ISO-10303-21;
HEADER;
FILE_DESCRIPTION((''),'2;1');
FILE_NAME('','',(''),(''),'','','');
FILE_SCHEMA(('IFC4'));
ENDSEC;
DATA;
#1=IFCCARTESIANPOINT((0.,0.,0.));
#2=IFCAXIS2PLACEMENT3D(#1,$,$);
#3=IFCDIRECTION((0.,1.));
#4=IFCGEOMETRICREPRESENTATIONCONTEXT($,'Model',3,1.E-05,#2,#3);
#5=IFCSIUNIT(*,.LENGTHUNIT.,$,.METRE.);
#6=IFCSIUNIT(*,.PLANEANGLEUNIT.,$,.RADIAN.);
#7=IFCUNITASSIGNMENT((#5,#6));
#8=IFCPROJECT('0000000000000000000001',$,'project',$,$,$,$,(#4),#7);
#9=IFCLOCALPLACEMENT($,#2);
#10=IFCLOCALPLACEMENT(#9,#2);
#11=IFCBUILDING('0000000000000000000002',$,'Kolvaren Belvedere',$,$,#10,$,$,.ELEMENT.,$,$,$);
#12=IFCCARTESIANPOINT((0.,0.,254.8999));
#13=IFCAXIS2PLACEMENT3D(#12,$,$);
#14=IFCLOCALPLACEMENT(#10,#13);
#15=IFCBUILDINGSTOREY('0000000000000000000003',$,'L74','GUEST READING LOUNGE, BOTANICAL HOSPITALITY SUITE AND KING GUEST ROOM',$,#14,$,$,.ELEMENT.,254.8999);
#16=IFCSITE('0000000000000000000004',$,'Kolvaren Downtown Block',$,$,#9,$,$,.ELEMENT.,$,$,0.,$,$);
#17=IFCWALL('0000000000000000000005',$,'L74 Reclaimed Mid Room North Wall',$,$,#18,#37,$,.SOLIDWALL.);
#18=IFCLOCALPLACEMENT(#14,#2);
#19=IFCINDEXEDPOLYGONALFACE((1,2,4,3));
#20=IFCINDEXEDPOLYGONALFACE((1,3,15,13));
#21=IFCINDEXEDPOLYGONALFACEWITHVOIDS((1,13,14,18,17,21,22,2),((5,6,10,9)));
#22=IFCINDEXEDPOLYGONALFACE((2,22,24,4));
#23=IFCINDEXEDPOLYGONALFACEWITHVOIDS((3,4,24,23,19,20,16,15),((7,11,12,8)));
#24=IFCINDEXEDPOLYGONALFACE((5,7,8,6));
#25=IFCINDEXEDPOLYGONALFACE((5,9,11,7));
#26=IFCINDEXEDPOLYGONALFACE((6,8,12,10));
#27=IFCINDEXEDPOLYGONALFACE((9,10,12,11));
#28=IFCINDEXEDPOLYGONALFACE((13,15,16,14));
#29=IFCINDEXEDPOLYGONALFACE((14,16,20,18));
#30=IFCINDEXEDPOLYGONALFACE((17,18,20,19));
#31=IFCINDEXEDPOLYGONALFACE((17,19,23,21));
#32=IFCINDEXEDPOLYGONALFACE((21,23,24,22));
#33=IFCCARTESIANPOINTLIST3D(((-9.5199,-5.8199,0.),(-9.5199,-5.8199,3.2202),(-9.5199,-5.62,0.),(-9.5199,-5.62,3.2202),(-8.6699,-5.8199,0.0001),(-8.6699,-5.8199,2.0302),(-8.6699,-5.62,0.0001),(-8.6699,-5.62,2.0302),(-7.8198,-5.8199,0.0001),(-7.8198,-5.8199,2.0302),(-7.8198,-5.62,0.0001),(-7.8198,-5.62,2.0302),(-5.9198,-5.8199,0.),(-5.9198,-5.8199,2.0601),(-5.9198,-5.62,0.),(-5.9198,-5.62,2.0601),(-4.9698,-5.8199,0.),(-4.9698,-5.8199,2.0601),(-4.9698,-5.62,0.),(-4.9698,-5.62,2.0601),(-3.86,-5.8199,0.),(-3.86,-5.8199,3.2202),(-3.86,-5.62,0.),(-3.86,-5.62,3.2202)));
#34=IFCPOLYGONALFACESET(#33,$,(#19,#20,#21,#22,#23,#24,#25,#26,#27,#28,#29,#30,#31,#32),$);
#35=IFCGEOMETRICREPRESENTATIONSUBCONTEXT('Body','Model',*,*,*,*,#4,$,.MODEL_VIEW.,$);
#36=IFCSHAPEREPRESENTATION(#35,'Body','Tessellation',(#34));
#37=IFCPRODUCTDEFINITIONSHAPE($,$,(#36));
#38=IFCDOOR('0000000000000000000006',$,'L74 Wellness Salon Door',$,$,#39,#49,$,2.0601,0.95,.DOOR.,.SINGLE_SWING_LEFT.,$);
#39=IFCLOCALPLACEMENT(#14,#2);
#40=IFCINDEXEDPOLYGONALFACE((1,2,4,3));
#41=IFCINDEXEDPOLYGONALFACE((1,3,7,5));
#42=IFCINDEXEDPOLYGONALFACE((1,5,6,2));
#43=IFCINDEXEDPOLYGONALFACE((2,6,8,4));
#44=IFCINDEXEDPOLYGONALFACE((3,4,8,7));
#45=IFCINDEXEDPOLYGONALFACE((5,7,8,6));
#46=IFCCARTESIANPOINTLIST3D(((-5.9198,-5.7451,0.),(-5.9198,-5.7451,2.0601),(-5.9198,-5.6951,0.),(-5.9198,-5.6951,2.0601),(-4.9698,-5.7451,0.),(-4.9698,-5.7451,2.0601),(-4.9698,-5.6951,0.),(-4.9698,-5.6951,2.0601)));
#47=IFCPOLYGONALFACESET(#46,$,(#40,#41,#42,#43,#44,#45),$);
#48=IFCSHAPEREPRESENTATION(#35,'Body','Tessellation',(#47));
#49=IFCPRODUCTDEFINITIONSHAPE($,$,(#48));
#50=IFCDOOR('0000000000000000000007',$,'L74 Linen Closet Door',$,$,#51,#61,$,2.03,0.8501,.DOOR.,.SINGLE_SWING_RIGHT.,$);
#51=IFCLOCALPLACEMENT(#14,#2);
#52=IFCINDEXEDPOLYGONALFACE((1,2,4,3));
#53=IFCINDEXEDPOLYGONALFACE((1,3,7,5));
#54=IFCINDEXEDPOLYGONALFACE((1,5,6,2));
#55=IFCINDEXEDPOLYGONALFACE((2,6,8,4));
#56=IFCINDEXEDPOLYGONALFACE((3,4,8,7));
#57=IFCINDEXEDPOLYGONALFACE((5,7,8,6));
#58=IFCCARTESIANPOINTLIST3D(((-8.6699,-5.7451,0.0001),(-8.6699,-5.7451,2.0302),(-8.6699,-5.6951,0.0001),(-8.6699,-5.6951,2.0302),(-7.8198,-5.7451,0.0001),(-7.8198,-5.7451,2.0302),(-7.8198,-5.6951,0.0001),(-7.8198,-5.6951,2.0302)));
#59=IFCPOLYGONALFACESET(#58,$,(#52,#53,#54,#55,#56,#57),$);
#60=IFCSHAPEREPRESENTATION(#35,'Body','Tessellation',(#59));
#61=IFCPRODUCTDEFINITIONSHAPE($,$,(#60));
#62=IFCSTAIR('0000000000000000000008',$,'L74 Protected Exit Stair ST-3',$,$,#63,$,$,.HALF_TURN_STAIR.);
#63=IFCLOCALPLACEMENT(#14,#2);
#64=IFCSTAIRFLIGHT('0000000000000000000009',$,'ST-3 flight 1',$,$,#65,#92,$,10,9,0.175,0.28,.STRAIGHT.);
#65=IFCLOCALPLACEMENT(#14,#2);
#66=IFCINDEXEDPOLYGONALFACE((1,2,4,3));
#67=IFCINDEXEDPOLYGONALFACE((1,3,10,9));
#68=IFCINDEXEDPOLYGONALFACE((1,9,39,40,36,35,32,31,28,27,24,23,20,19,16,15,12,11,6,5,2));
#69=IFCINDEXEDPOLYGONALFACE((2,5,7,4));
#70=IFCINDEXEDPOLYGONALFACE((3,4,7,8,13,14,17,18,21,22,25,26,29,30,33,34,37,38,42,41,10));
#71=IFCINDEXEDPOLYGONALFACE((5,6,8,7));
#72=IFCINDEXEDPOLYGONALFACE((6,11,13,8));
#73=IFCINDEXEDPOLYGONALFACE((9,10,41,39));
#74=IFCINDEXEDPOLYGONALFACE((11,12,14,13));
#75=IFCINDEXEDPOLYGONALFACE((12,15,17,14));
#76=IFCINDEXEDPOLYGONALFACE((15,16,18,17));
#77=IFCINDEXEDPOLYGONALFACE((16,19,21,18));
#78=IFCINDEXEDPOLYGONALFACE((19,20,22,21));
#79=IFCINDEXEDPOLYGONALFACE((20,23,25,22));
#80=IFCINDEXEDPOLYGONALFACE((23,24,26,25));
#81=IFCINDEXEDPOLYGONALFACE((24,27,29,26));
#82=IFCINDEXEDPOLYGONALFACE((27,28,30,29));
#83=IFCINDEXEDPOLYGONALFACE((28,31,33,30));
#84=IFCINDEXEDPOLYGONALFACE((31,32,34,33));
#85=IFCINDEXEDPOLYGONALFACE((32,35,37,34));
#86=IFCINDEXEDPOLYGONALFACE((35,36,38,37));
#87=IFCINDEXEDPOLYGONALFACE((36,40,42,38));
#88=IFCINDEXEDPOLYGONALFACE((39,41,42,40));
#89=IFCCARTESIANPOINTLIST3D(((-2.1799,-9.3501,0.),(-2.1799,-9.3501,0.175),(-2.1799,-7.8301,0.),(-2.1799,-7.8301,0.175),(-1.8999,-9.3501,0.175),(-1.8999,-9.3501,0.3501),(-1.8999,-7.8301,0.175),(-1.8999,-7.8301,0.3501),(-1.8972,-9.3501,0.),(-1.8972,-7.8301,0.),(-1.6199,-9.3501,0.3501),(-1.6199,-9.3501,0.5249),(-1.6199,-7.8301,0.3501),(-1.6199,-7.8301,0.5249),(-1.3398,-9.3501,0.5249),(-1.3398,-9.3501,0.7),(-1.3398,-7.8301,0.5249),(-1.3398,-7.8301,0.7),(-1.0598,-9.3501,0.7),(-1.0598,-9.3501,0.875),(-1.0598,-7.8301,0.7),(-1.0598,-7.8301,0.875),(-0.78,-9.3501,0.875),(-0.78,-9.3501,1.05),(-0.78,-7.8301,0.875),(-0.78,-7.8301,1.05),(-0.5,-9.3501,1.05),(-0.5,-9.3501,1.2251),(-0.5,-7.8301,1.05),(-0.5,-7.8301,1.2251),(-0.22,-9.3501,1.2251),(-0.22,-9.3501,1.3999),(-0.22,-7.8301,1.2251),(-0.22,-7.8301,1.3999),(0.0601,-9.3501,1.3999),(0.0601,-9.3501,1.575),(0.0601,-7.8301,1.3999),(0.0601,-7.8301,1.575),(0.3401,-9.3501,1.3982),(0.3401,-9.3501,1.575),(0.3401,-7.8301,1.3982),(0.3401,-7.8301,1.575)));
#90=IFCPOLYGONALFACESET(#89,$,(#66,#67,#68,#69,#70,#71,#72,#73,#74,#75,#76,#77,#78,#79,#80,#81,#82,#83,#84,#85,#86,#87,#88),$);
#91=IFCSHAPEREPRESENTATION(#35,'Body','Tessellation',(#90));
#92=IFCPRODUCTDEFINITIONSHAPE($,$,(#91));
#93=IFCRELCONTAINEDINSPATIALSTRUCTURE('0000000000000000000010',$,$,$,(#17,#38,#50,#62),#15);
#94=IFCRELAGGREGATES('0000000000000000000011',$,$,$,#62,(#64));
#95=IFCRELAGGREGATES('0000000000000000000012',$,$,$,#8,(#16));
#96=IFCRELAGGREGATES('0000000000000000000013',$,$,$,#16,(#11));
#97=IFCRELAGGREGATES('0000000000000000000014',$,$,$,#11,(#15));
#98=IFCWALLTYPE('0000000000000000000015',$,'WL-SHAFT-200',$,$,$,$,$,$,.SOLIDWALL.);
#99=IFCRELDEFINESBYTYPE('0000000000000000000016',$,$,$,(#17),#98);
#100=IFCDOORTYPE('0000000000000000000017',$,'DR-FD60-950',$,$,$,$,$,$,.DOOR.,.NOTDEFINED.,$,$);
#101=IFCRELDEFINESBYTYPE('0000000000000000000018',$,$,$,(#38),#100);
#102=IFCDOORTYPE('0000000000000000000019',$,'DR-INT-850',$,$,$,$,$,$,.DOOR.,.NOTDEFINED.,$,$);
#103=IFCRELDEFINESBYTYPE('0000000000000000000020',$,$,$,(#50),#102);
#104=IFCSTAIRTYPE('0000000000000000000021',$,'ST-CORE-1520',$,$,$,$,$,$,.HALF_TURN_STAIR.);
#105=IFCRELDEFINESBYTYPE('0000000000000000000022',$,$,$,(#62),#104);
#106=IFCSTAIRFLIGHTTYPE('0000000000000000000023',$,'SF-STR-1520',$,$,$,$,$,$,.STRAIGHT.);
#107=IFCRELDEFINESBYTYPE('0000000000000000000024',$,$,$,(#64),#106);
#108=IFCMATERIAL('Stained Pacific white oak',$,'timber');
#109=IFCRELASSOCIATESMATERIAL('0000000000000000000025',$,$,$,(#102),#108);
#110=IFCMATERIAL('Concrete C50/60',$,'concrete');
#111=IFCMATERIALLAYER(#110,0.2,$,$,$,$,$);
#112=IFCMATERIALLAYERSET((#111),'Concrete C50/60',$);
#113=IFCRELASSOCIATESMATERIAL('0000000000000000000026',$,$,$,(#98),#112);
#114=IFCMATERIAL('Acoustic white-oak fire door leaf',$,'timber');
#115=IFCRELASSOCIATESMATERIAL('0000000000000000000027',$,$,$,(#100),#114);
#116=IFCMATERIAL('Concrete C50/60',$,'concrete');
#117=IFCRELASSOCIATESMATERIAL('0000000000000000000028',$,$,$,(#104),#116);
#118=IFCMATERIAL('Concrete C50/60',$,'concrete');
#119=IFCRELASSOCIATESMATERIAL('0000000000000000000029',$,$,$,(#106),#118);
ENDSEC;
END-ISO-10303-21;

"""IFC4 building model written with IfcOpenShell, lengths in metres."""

from ifc_helpers import new_model, si_unit, direction, frame, frame_2d, origin, place, context, subcontext, project, spatial, polyline, rectangle, outline, extrude, material, layer, layer_set, type_object, element, fill, aggregate, save


model = new_model("IFC4")

# Units and contexts
model_context = context("Model", 3, precision=1e-05, world=origin(), true_north=direction((0.0, 1.0)))
body_context = subcontext(model_context, "Body", "Model", "MODEL_VIEW")
ifc_project = project(units=[si_unit("LENGTHUNIT", "METRE"), si_unit("PLANEANGLEUNIT", "RADIAN")], contexts=[model_context])

# Site, building, storey
site_placement = place(None, origin())
site = spatial("IfcSite", under=ifc_project, at=site_placement, Name="Kolvaren Downtown Block", CompositionType="ELEMENT", RefElevation=0.0)
building_placement = place(site_placement, origin())
building = spatial("IfcBuilding", under=site, at=building_placement, Name="Kolvaren Belvedere", CompositionType="ELEMENT")
storey_placement = place(building_placement, frame((0.0, 0.0, 254.8999)))
storey = spatial("IfcBuildingStorey", under=building, at=storey_placement, Name="L74", Description="GUEST READING LOUNGE, BOTANICAL HOSPITALITY SUITE AND KING GUEST ROOM", CompositionType="ELEMENT", Elevation=254.8999)

# Shared definitions
ifc_material_1 = material(Name="Stained Pacific white oak", Category="timber")
door_type_1 = type_object("IfcDoorType", Name="DR-INT-850", OperationType="NOTDEFINED", PredefinedType="DOOR", material=ifc_material_1)

# Shared definitions
ifc_material_2 = material(Name="Concrete C50/60", Category="concrete")
ifc_layer_1 = layer(ifc_material_2, 0.2)
ifc_layer_set_1 = layer_set([ifc_layer_1], Name="Concrete C50/60")
wall_type_1 = type_object("IfcWallType", Name="WL-SHAFT-200", PredefinedType="SOLIDWALL", material=ifc_layer_set_1)
ifc_material_3 = material(Name="Acoustic white-oak fire door leaf", Category="timber")
door_type_2 = type_object("IfcDoorType", Name="DR-FD60-950", OperationType="NOTDEFINED", PredefinedType="DOOR", material=ifc_material_3)

# Wall, openings, doors
wall_1_placement = place(storey_placement, frame((-9.52, -5.72, 0.0), z_axis=(0.0, 0.0, 1.0), x_axis=(1.0, 0.0, 0.0)))
wall_1 = element("IfcWall", 1, at=wall_1_placement, inside=storey, type_object=wall_type_1, Name="L74 Reclaimed Mid Room North Wall", PredefinedType="SOLIDWALL", context=body_context, shape_type="SweptSolid", body=[
    extrude(rectangle(XDim=5.6599, YDim=0.2, at=frame_2d((2.8301, 0.0))), origin(), (0.0, 0.0, 1.0), 3.2202),
])
opening_1_placement = place(wall_1_placement, frame((3.6001, 0.0, 0.0)))
opening_1 = element("IfcOpeningElement", 2, at=opening_1_placement, cuts=wall_1, PredefinedType="OPENING", context=body_context, shape_type="SweptSolid", body=[
    extrude(rectangle(XDim=0.95, YDim=2.0601, at=frame_2d((0.4751, 1.03))), frame((0.0, 0.1099, 0.0), z_axis=(0.0, -1.0, 0.0), x_axis=(1.0, 0.0, 0.0)), (0.0, 0.0, 1.0), 0.22),
])
opening_2_placement = place(wall_1_placement, frame((0.8501, 0.0, 0.0)))
opening_2 = element("IfcOpeningElement", 3, at=opening_2_placement, cuts=wall_1, PredefinedType="OPENING", context=body_context, shape_type="SweptSolid", body=[
    extrude(rectangle(XDim=0.8501, YDim=2.03, at=frame_2d((0.425, 1.0151))), frame((0.0, 0.1099, 0.0), z_axis=(0.0, -1.0, 0.0), x_axis=(1.0, 0.0, 0.0)), (0.0, 0.0, 1.0), 0.22),
])
door_1_placement = place(opening_1_placement, origin())
door_1 = element("IfcDoor", 4, at=door_1_placement, inside=storey, type_object=door_type_2, Name="L74 Wellness Salon Door", OperationType="SINGLE_SWING_LEFT", OverallHeight=2.0601, OverallWidth=0.95, PredefinedType="DOOR", context=body_context, shape_type="SweptSolid", body=[
    extrude(rectangle(XDim=0.95, YDim=2.0601, at=frame_2d((0.4751, 1.03))), frame((0.0, 0.0249, 0.0), z_axis=(0.0, -1.0, 0.0), x_axis=(1.0, 0.0, 0.0)), (0.0, 0.0, 1.0), 0.05),
])
fill(opening_1, door_1)
door_2_placement = place(opening_2_placement, origin())
door_2 = element("IfcDoor", 5, at=door_2_placement, inside=storey, type_object=door_type_1, Name="L74 Linen Closet Door", OperationType="SINGLE_SWING_RIGHT", OverallHeight=2.03, OverallWidth=0.8501, PredefinedType="DOOR", context=body_context, shape_type="SweptSolid", body=[
    extrude(rectangle(XDim=0.8501, YDim=2.03, at=frame_2d((0.425, 1.0151))), frame((0.0, 0.0249, 0.0), z_axis=(0.0, -1.0, 0.0), x_axis=(1.0, 0.0, 0.0)), (0.0, 0.0, 1.0), 0.05),
])
fill(opening_2, door_2)

# Stair, stair flight
ifc_material_4 = material(Name="Concrete C50/60", Category="concrete")
stair_type = type_object("IfcStairType", Name="ST-CORE-1520", PredefinedType="HALF_TURN_STAIR", material=ifc_material_4)
stair_placement = place(storey_placement, origin())
stair = element("IfcStair", 6, at=stair_placement, inside=storey, type_object=stair_type, Name="L74 Protected Exit Stair ST-3", PredefinedType="HALF_TURN_STAIR")
ifc_material_5 = material(Name="Concrete C50/60", Category="concrete")
stair_flight_type = type_object("IfcStairFlightType", Name="SF-STR-1520", PredefinedType="STRAIGHT", material=ifc_material_5)
stair_flight_placement = place(storey_placement, frame((-2.1799, -8.5901, 0.0), z_axis=(0.0, 0.0, 1.0), x_axis=(1.0, 0.0, 0.0)))
stair_flight = element("IfcStairFlight", 7, at=stair_flight_placement, type_object=stair_flight_type, Name="ST-3 flight 1", NumberOfRisers=10, NumberOfTreads=9, PredefinedType="STRAIGHT", RiserHeight=0.175, TreadLength=0.28, context=body_context, shape_type="SweptSolid", body=[
    extrude(outline(polyline([(0.0, 0.0), (0.0, 0.175), (0.28, 0.175), (0.28, 0.3501), (0.5601, 0.3501), (0.5601, 0.5249), (0.8401, 0.5249), (0.8401, 0.7), (1.1201, 0.7), (1.1201, 0.875), (1.3999, 0.875), (1.3999, 1.05), (1.6799, 1.05), (1.6799, 1.2251), (1.96, 1.2251), (1.96, 1.3999), (2.24, 1.3999), (2.24, 1.575), (2.52, 1.575), (2.52, 1.75), (2.52, 1.3982), (0.2827, 0.0), (0.0, 0.0)])), frame((0.0, 0.76, 0.0), z_axis=(0.0, -1.0, 0.0), x_axis=(1.0, 0.0, 0.0)), (0.0, 0.0, 1.0), 1.52),
])
aggregate(stair, [stair_flight])

save(model, "model.ifc")
